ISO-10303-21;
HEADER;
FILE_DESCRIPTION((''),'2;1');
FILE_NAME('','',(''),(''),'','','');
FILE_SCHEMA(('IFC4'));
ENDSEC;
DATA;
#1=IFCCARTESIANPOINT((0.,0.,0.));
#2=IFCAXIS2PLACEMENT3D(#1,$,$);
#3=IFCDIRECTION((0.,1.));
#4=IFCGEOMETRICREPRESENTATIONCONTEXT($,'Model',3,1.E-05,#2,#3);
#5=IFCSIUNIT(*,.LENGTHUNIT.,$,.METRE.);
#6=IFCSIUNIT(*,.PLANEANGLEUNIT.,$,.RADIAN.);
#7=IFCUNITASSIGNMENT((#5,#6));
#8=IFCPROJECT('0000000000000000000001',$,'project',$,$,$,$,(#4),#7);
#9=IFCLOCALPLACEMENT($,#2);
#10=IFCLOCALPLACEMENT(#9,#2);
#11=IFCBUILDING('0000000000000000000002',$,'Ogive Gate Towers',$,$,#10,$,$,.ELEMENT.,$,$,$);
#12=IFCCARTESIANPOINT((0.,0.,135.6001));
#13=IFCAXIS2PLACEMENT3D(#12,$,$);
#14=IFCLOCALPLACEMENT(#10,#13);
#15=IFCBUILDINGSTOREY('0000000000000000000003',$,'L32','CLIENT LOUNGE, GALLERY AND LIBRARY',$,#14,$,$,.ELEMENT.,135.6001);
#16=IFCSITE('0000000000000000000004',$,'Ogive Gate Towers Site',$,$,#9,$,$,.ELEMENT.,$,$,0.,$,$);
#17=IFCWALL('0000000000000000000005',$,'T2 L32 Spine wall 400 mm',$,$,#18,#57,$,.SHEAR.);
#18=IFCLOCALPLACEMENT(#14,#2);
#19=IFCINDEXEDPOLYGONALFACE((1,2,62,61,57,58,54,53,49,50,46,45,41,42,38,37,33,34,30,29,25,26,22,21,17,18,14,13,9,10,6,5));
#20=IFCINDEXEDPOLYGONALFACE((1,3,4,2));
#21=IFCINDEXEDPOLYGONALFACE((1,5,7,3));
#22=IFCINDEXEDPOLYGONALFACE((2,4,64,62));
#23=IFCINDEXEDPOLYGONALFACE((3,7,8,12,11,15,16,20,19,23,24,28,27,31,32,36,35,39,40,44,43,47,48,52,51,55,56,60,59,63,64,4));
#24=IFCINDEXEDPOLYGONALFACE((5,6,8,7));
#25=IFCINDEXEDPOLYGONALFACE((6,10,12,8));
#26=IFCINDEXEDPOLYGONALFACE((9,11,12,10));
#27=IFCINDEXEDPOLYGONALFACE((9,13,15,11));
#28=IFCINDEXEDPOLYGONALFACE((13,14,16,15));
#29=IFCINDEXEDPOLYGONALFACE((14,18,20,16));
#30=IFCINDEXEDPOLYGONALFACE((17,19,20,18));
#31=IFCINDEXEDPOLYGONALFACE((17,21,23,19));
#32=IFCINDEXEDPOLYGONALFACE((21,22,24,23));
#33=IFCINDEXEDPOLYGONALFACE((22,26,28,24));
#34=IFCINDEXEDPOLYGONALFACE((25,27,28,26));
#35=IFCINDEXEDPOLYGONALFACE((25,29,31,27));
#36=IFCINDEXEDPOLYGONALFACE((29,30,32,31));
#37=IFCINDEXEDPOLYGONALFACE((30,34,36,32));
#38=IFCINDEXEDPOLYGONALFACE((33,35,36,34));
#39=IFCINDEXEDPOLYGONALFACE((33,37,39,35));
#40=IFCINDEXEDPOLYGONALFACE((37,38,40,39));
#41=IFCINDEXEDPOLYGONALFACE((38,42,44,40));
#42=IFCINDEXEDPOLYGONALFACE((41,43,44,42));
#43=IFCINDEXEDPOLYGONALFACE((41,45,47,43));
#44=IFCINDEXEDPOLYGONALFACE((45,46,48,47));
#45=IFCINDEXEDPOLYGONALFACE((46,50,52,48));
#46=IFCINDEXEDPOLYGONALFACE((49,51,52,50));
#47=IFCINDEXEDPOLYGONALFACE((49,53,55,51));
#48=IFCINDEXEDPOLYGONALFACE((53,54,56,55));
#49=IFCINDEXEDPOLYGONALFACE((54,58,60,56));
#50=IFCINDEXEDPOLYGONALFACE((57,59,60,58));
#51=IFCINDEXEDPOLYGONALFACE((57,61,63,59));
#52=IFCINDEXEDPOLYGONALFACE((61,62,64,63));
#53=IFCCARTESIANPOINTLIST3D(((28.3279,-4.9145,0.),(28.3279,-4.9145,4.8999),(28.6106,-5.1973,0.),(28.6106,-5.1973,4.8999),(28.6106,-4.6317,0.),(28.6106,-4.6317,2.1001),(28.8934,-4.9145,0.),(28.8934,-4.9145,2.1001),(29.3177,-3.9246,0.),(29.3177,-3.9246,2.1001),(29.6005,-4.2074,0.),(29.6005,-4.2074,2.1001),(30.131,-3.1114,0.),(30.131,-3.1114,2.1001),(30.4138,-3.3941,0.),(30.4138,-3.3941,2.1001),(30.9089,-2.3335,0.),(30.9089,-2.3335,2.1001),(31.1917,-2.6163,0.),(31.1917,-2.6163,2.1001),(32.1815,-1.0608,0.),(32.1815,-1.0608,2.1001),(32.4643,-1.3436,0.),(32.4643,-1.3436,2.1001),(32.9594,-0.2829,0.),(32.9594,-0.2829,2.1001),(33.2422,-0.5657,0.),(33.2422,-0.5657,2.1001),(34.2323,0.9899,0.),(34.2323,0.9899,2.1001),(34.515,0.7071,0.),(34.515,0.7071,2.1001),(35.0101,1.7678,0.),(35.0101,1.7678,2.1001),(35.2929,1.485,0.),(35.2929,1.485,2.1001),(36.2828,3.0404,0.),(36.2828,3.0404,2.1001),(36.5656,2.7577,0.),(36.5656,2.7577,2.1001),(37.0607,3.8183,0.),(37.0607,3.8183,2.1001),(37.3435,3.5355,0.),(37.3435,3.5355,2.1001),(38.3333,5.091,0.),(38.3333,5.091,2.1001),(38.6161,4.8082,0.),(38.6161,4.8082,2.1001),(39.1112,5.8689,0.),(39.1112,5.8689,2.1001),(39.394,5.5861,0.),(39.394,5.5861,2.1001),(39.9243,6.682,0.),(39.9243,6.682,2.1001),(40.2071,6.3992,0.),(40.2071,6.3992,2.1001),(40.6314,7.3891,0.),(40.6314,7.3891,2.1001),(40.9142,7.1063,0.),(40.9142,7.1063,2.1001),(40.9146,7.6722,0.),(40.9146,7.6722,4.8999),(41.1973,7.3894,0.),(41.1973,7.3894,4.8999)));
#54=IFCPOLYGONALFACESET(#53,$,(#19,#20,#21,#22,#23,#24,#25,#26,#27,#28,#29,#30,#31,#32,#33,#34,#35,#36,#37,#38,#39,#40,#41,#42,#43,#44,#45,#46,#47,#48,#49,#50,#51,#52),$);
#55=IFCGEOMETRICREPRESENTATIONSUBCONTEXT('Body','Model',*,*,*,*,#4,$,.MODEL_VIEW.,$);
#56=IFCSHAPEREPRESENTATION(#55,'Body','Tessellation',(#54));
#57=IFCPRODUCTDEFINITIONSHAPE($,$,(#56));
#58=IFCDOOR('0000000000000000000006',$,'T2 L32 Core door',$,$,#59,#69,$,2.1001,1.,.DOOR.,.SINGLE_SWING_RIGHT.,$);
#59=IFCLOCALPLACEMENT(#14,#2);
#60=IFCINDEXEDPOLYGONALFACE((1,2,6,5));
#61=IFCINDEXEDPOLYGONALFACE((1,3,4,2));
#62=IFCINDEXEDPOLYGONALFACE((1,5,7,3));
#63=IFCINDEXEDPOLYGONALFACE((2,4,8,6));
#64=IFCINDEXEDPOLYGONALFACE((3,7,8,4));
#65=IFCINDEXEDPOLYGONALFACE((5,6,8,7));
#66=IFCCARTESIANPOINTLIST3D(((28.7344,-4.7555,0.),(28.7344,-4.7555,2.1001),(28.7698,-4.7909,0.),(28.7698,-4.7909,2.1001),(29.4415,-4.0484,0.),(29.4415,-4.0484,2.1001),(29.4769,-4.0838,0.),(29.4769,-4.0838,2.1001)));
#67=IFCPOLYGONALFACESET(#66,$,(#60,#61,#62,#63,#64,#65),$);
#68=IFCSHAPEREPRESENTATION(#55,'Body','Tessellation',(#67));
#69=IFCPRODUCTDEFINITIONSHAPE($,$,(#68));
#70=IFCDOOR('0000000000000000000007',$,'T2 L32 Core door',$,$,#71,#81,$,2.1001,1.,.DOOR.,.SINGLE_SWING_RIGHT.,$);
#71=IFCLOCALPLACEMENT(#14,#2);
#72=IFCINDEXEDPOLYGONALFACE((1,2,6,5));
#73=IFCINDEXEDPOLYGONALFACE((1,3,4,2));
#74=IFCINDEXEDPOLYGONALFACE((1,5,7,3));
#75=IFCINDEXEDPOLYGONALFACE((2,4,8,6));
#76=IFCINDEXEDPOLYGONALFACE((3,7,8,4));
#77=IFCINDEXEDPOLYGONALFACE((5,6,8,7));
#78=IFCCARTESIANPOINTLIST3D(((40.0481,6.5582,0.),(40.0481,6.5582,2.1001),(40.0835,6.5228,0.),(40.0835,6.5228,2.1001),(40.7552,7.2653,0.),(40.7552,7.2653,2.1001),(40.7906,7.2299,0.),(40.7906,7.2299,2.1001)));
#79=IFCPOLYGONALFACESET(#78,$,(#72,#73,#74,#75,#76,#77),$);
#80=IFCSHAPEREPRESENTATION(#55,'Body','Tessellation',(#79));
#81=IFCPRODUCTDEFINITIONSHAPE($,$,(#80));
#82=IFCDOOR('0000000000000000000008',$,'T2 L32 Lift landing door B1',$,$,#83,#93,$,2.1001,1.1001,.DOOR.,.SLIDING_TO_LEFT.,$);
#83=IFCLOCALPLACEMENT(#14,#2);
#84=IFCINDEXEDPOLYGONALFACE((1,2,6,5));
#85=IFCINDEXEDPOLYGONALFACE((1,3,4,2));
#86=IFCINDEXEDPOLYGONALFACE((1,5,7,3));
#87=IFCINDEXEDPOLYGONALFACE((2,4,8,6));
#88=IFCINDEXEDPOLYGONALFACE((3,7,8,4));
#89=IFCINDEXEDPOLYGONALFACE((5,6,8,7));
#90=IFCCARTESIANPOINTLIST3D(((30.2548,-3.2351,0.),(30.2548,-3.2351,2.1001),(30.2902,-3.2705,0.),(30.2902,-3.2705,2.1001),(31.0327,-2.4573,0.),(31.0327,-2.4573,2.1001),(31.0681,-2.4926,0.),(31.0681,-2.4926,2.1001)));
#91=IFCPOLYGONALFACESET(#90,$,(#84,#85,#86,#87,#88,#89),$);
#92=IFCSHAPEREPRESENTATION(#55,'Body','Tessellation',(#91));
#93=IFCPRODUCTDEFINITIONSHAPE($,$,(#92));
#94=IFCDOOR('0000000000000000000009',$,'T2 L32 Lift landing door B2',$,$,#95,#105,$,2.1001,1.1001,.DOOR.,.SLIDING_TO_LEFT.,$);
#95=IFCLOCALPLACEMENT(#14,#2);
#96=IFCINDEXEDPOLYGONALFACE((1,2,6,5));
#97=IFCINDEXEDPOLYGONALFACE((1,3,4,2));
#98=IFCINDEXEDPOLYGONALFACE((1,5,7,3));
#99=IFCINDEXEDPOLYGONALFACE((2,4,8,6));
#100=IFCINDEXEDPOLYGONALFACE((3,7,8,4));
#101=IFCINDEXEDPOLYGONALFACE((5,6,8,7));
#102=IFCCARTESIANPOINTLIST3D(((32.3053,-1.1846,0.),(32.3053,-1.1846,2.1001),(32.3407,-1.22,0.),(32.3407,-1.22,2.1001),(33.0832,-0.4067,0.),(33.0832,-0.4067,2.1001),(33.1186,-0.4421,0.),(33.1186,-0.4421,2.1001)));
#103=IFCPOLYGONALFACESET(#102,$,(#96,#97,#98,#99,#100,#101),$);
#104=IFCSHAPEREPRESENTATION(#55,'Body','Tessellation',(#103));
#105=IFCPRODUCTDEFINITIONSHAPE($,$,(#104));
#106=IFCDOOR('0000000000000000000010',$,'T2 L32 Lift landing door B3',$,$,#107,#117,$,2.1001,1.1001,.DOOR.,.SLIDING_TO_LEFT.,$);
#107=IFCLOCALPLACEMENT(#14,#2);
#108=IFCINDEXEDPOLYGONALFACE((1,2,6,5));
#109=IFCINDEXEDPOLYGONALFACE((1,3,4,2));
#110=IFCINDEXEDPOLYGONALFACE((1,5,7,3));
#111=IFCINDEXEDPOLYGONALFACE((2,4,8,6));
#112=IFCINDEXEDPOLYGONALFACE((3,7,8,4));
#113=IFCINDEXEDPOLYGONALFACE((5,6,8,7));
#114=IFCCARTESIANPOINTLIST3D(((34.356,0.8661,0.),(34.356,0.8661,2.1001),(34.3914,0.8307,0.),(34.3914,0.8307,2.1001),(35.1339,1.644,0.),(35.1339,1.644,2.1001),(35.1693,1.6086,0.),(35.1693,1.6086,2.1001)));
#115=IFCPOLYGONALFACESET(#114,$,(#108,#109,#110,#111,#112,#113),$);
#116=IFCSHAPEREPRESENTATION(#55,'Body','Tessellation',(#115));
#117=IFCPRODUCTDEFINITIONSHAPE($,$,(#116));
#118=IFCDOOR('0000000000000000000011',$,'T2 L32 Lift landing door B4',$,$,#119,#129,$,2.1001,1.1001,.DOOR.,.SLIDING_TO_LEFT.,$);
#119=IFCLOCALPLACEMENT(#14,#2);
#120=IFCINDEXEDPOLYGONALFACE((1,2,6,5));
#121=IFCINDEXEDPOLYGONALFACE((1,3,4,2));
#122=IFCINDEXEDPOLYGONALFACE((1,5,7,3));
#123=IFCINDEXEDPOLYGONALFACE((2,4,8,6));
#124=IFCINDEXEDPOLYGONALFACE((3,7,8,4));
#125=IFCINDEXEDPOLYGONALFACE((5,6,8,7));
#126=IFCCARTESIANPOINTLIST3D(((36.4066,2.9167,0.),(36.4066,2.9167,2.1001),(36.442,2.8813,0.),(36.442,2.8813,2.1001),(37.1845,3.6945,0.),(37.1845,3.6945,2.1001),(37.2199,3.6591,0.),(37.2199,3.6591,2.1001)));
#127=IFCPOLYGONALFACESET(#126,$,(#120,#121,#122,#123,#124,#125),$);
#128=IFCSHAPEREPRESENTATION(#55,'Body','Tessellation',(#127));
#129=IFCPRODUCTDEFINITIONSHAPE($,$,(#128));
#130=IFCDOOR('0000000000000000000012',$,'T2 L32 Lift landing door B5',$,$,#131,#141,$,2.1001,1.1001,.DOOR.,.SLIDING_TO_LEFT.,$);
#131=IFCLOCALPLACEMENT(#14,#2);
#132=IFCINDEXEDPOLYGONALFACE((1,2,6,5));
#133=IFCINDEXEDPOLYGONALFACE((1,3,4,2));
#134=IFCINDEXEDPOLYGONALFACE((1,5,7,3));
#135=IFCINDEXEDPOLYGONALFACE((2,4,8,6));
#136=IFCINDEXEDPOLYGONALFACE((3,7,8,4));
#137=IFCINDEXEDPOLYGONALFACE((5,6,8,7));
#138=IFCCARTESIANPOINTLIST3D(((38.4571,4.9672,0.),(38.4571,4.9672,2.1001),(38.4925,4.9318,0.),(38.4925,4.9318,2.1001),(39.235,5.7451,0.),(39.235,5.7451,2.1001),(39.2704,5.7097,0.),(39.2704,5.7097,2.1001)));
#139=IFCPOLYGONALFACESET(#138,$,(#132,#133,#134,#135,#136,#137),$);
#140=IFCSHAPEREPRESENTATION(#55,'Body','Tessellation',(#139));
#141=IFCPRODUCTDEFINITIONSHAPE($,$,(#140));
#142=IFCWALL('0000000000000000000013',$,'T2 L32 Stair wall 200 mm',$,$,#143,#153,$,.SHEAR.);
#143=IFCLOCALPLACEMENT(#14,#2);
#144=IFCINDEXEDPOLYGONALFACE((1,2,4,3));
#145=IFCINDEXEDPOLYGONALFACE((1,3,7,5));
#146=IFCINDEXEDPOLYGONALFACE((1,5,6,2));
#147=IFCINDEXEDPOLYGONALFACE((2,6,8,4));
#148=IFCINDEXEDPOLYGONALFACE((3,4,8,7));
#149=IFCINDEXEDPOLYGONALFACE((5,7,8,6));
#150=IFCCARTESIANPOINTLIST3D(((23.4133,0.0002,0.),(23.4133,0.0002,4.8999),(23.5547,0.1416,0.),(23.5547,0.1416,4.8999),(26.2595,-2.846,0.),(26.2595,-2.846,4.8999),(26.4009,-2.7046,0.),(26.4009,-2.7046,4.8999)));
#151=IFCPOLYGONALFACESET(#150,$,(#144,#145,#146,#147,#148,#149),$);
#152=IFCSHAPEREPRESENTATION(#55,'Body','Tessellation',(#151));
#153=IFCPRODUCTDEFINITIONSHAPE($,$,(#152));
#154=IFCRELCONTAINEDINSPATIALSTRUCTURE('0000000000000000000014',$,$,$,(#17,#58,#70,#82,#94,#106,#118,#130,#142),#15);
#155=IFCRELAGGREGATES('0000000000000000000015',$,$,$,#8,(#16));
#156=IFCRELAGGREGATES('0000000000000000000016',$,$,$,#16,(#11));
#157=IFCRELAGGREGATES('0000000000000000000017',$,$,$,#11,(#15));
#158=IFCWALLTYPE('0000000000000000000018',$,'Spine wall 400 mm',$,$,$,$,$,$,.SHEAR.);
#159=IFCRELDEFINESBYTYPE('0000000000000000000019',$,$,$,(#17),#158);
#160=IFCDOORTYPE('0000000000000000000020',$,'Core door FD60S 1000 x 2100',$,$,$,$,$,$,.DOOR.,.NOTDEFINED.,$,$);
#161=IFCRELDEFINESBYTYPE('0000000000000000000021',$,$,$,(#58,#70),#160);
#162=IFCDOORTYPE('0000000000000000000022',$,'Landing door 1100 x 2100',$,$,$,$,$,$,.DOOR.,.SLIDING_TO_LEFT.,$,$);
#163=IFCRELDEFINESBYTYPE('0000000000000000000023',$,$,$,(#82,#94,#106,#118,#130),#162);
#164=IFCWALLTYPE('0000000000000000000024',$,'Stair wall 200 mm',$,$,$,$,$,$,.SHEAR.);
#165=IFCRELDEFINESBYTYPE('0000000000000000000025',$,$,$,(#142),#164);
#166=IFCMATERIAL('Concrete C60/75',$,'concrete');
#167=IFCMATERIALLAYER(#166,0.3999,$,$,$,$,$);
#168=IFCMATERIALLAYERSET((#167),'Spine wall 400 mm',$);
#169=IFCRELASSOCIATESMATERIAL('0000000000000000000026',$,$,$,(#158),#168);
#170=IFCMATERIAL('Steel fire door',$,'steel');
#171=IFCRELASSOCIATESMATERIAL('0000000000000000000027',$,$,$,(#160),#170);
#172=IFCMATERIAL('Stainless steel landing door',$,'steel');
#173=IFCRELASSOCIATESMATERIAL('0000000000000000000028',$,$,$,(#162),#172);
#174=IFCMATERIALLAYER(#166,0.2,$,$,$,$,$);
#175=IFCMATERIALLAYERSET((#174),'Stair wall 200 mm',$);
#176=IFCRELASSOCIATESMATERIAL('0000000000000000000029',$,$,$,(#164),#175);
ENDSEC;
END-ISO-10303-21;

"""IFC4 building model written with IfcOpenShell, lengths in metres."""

from ifc_helpers import new_model, si_unit, direction, frame, frame_2d, origin, place, context, subcontext, project, spatial, rectangle, extrude, material, layer, layer_set, type_object, element, fill, save


model = new_model("IFC4")

# Units and contexts
model_context = context("Model", 3, precision=1e-05, world=origin(), true_north=direction((0.0, 1.0)))
body_context = subcontext(model_context, "Body", "Model", "MODEL_VIEW")
ifc_project = project(units=[si_unit("LENGTHUNIT", "METRE"), si_unit("PLANEANGLEUNIT", "RADIAN")], contexts=[model_context])

# Site, building, storey
site_placement = place(None, origin())
site = spatial("IfcSite", under=ifc_project, at=site_placement, Name="Ogive Gate Towers Site", CompositionType="ELEMENT", RefElevation=0.0)
building_placement = place(site_placement, origin())
building = spatial("IfcBuilding", under=site, at=building_placement, Name="Ogive Gate Towers", CompositionType="ELEMENT")
storey_placement = place(building_placement, frame((0.0, 0.0, 135.6001)))
storey = spatial("IfcBuildingStorey", under=building, at=storey_placement, Name="L32", Description="CLIENT LOUNGE, GALLERY AND LIBRARY", CompositionType="ELEMENT", Elevation=135.6001)

# Shared definitions
ifc_material_1 = material(Name="Concrete C60/75", Category="concrete")

# Wall, openings, doors
ifc_layer_1 = layer(ifc_material_1, 0.3999)
ifc_layer_set_1 = layer_set([ifc_layer_1], Name="Spine wall 400 mm")
wall_type_1 = type_object("IfcWallType", Name="Spine wall 400 mm", PredefinedType="SHEAR", material=ifc_layer_set_1)
wall_1_placement = place(storey_placement, frame((28.4692, -5.0559, 0.0), z_axis=(0.0, 0.0, 1.0), x_axis=(0.707107, 0.707107, 0.0)))
wall_1 = element("IfcWall", 1, at=wall_1_placement, inside=storey, type_object=wall_type_1, Name="T2 L32 Spine wall 400 mm", PredefinedType="SHEAR", context=body_context, shape_type="SweptSolid", body=[
    extrude(rectangle(XDim=17.8003, YDim=0.3999, at=frame_2d((8.9001, 0.0))), origin(), (0.0, 0.0, 1.0), 4.8999),
])
opening_1_placement = place(wall_1_placement, frame((0.3999, 0.0, 0.0)))
opening_1 = element("IfcOpeningElement", 2, at=opening_1_placement, cuts=wall_1, PredefinedType="OPENING", context=body_context, shape_type="SweptSolid", body=[
    extrude(rectangle(XDim=1.0, YDim=2.1001, at=frame_2d((0.5, 1.05))), frame((0.0, 0.21, 0.0), z_axis=(0.0, -1.0, 0.0), x_axis=(1.0, 0.0, 0.0)), (0.0, 0.0, 1.0), 0.4199),
])
opening_2_placement = place(wall_1_placement, frame((2.55, 0.0, 0.0)))
opening_2 = element("IfcOpeningElement", 3, at=opening_2_placement, cuts=wall_1, PredefinedType="OPENING", context=body_context, shape_type="SweptSolid", body=[
    extrude(rectangle(XDim=1.1001, YDim=2.1001, at=frame_2d((0.55, 1.05))), frame((0.0, 0.21, 0.0), z_axis=(0.0, -1.0, 0.0), x_axis=(1.0, 0.0, 0.0)), (0.0, 0.0, 1.0), 0.4199),
])
opening_3_placement = place(wall_1_placement, frame((5.45, 0.0, 0.0)))
opening_3 = element("IfcOpeningElement", 4, at=opening_3_placement, cuts=wall_1, PredefinedType="OPENING", context=body_context, shape_type="SweptSolid", body=[
    extrude(rectangle(XDim=1.1001, YDim=2.1001, at=frame_2d((0.55, 1.05))), frame((0.0, 0.21, 0.0), z_axis=(0.0, -1.0, 0.0), x_axis=(1.0, 0.0, 0.0)), (0.0, 0.0, 1.0), 0.4199),
])
opening_4_placement = place(wall_1_placement, frame((8.3501, 0.0, 0.0)))
opening_4 = element("IfcOpeningElement", 5, at=opening_4_placement, cuts=wall_1, PredefinedType="OPENING", context=body_context, shape_type="SweptSolid", body=[
    extrude(rectangle(XDim=1.1001, YDim=2.1001, at=frame_2d((0.55, 1.05))), frame((0.0, 0.21, 0.0), z_axis=(0.0, -1.0, 0.0), x_axis=(1.0, 0.0, 0.0)), (0.0, 0.0, 1.0), 0.4199),
])
opening_5_placement = place(wall_1_placement, frame((11.25, 0.0, 0.0)))
opening_5 = element("IfcOpeningElement", 6, at=opening_5_placement, cuts=wall_1, PredefinedType="OPENING", context=body_context, shape_type="SweptSolid", body=[
    extrude(rectangle(XDim=1.1001, YDim=2.1001, at=frame_2d((0.55, 1.05))), frame((0.0, 0.21, 0.0), z_axis=(0.0, -1.0, 0.0), x_axis=(1.0, 0.0, 0.0)), (0.0, 0.0, 1.0), 0.4199),
])
opening_6_placement = place(wall_1_placement, frame((14.1499, 0.0, 0.0)))
opening_6 = element("IfcOpeningElement", 7, at=opening_6_placement, cuts=wall_1, PredefinedType="OPENING", context=body_context, shape_type="SweptSolid", body=[
    extrude(rectangle(XDim=1.1001, YDim=2.1001, at=frame_2d((0.55, 1.05))), frame((0.0, 0.21, 0.0), z_axis=(0.0, -1.0, 0.0), x_axis=(1.0, 0.0, 0.0)), (0.0, 0.0, 1.0), 0.4199),
])
opening_7_placement = place(wall_1_placement, frame((16.3999, 0.0, 0.0)))
opening_7 = element("IfcOpeningElement", 8, at=opening_7_placement, cuts=wall_1, PredefinedType="OPENING", context=body_context, shape_type="SweptSolid", body=[
    extrude(rectangle(XDim=1.0, YDim=2.1001, at=frame_2d((0.5, 1.05))), frame((0.0, 0.21, 0.0), z_axis=(0.0, -1.0, 0.0), x_axis=(1.0, 0.0, 0.0)), (0.0, 0.0, 1.0), 0.4199),
])
ifc_material_2 = material(Name="Steel fire door", Category="steel")
door_type_1 = type_object("IfcDoorType", Name="Core door FD60S 1000 x 2100", OperationType="NOTDEFINED", PredefinedType="DOOR", material=ifc_material_2)
door_1_placement = place(opening_1_placement, origin())
door_1 = element("IfcDoor", 9, at=door_1_placement, inside=storey, type_object=door_type_1, Name="T2 L32 Core door", OperationType="SINGLE_SWING_RIGHT", OverallHeight=2.1001, OverallWidth=1.0, PredefinedType="DOOR", context=body_context, shape_type="SweptSolid", body=[
    extrude(rectangle(XDim=1.0, YDim=2.1001, at=frame_2d((0.5, 1.05))), frame((0.0, 0.0249, 0.0), z_axis=(0.0, -1.0, 0.0), x_axis=(1.0, 0.0, 0.0)), (0.0, 0.0, 1.0), 0.05),
])
fill(opening_1, door_1)
door_2_placement = place(opening_7_placement, origin())
door_2 = element("IfcDoor", 10, at=door_2_placement, inside=storey, type_object=door_type_1, Name="T2 L32 Core door", OperationType="SINGLE_SWING_RIGHT", OverallHeight=2.1001, OverallWidth=1.0, PredefinedType="DOOR", context=body_context, shape_type="SweptSolid", body=[
    extrude(rectangle(XDim=1.0, YDim=2.1001, at=frame_2d((0.5, 1.05))), frame((0.0, 0.0249, 0.0), z_axis=(0.0, -1.0, 0.0), x_axis=(1.0, 0.0, 0.0)), (0.0, 0.0, 1.0), 0.05),
])
fill(opening_7, door_2)
ifc_material_3 = material(Name="Stainless steel landing door", Category="steel")
door_type_2 = type_object("IfcDoorType", Name="Landing door 1100 x 2100", OperationType="SLIDING_TO_LEFT", PredefinedType="DOOR", material=ifc_material_3)
door_3_placement = place(opening_2_placement, origin())
door_3 = element("IfcDoor", 11, at=door_3_placement, inside=storey, type_object=door_type_2, Name="T2 L32 Lift landing door B1", OperationType="SLIDING_TO_LEFT", OverallHeight=2.1001, OverallWidth=1.1001, PredefinedType="DOOR", context=body_context, shape_type="SweptSolid", body=[
    extrude(rectangle(XDim=1.1001, YDim=2.1001, at=frame_2d((0.55, 1.05))), frame((0.0, 0.0249, 0.0), z_axis=(0.0, -1.0, 0.0), x_axis=(1.0, 0.0, 0.0)), (0.0, 0.0, 1.0), 0.05),
])
fill(opening_2, door_3)
door_4_placement = place(opening_3_placement, origin())
door_4 = element("IfcDoor", 12, at=door_4_placement, inside=storey, type_object=door_type_2, Name="T2 L32 Lift landing door B2", OperationType="SLIDING_TO_LEFT", OverallHeight=2.1001, OverallWidth=1.1001, PredefinedType="DOOR", context=body_context, shape_type="SweptSolid", body=[
    extrude(rectangle(XDim=1.1001, YDim=2.1001, at=frame_2d((0.55, 1.05))), frame((0.0, 0.0249, 0.0), z_axis=(0.0, -1.0, 0.0), x_axis=(1.0, 0.0, 0.0)), (0.0, 0.0, 1.0), 0.05),
])
fill(opening_3, door_4)
door_5_placement = place(opening_4_placement, origin())
door_5 = element("IfcDoor", 13, at=door_5_placement, inside=storey, type_object=door_type_2, Name="T2 L32 Lift landing door B3", OperationType="SLIDING_TO_LEFT", OverallHeight=2.1001, OverallWidth=1.1001, PredefinedType="DOOR", context=body_context, shape_type="SweptSolid", body=[
    extrude(rectangle(XDim=1.1001, YDim=2.1001, at=frame_2d((0.55, 1.05))), frame((0.0, 0.0249, 0.0), z_axis=(0.0, -1.0, 0.0), x_axis=(1.0, 0.0, 0.0)), (0.0, 0.0, 1.0), 0.05),
])
fill(opening_4, door_5)
door_6_placement = place(opening_5_placement, origin())
door_6 = element("IfcDoor", 14, at=door_6_placement, inside=storey, type_object=door_type_2, Name="T2 L32 Lift landing door B4", OperationType="SLIDING_TO_LEFT", OverallHeight=2.1001, OverallWidth=1.1001, PredefinedType="DOOR", context=body_context, shape_type="SweptSolid", body=[
    extrude(rectangle(XDim=1.1001, YDim=2.1001, at=frame_2d((0.55, 1.05))), frame((0.0, 0.0249, 0.0), z_axis=(0.0, -1.0, 0.0), x_axis=(1.0, 0.0, 0.0)), (0.0, 0.0, 1.0), 0.05),
])
fill(opening_5, door_6)
door_7_placement = place(opening_6_placement, origin())
door_7 = element("IfcDoor", 15, at=door_7_placement, inside=storey, type_object=door_type_2, Name="T2 L32 Lift landing door B5", OperationType="SLIDING_TO_LEFT", OverallHeight=2.1001, OverallWidth=1.1001, PredefinedType="DOOR", context=body_context, shape_type="SweptSolid", body=[
    extrude(rectangle(XDim=1.1001, YDim=2.1001, at=frame_2d((0.55, 1.05))), frame((0.0, 0.0249, 0.0), z_axis=(0.0, -1.0, 0.0), x_axis=(1.0, 0.0, 0.0)), (0.0, 0.0, 1.0), 0.05),
])
fill(opening_6, door_7)

# Wall
ifc_layer_2 = layer(ifc_material_1, 0.2)
ifc_layer_set_2 = layer_set([ifc_layer_2], Name="Stair wall 200 mm")
wall_type_2 = type_object("IfcWallType", Name="Stair wall 200 mm", PredefinedType="SHEAR", material=ifc_layer_set_2)
wall_2_placement = place(storey_placement, frame((26.3303, -2.7754, 0.0), z_axis=(0.0, 0.0, 1.0), x_axis=(-0.707107, 0.707107, 0.0)))
element("IfcWall", 16, at=wall_2_placement, inside=storey, type_object=wall_type_2, Name="T2 L32 Stair wall 200 mm", PredefinedType="SHEAR", context=body_context, shape_type="SweptSolid", body=[
    extrude(rectangle(XDim=4.0251, YDim=0.2, at=frame_2d((2.0127, 0.0))), origin(), (0.0, 0.0, 1.0), 4.8999),
])

save(model, "model.ifc")
